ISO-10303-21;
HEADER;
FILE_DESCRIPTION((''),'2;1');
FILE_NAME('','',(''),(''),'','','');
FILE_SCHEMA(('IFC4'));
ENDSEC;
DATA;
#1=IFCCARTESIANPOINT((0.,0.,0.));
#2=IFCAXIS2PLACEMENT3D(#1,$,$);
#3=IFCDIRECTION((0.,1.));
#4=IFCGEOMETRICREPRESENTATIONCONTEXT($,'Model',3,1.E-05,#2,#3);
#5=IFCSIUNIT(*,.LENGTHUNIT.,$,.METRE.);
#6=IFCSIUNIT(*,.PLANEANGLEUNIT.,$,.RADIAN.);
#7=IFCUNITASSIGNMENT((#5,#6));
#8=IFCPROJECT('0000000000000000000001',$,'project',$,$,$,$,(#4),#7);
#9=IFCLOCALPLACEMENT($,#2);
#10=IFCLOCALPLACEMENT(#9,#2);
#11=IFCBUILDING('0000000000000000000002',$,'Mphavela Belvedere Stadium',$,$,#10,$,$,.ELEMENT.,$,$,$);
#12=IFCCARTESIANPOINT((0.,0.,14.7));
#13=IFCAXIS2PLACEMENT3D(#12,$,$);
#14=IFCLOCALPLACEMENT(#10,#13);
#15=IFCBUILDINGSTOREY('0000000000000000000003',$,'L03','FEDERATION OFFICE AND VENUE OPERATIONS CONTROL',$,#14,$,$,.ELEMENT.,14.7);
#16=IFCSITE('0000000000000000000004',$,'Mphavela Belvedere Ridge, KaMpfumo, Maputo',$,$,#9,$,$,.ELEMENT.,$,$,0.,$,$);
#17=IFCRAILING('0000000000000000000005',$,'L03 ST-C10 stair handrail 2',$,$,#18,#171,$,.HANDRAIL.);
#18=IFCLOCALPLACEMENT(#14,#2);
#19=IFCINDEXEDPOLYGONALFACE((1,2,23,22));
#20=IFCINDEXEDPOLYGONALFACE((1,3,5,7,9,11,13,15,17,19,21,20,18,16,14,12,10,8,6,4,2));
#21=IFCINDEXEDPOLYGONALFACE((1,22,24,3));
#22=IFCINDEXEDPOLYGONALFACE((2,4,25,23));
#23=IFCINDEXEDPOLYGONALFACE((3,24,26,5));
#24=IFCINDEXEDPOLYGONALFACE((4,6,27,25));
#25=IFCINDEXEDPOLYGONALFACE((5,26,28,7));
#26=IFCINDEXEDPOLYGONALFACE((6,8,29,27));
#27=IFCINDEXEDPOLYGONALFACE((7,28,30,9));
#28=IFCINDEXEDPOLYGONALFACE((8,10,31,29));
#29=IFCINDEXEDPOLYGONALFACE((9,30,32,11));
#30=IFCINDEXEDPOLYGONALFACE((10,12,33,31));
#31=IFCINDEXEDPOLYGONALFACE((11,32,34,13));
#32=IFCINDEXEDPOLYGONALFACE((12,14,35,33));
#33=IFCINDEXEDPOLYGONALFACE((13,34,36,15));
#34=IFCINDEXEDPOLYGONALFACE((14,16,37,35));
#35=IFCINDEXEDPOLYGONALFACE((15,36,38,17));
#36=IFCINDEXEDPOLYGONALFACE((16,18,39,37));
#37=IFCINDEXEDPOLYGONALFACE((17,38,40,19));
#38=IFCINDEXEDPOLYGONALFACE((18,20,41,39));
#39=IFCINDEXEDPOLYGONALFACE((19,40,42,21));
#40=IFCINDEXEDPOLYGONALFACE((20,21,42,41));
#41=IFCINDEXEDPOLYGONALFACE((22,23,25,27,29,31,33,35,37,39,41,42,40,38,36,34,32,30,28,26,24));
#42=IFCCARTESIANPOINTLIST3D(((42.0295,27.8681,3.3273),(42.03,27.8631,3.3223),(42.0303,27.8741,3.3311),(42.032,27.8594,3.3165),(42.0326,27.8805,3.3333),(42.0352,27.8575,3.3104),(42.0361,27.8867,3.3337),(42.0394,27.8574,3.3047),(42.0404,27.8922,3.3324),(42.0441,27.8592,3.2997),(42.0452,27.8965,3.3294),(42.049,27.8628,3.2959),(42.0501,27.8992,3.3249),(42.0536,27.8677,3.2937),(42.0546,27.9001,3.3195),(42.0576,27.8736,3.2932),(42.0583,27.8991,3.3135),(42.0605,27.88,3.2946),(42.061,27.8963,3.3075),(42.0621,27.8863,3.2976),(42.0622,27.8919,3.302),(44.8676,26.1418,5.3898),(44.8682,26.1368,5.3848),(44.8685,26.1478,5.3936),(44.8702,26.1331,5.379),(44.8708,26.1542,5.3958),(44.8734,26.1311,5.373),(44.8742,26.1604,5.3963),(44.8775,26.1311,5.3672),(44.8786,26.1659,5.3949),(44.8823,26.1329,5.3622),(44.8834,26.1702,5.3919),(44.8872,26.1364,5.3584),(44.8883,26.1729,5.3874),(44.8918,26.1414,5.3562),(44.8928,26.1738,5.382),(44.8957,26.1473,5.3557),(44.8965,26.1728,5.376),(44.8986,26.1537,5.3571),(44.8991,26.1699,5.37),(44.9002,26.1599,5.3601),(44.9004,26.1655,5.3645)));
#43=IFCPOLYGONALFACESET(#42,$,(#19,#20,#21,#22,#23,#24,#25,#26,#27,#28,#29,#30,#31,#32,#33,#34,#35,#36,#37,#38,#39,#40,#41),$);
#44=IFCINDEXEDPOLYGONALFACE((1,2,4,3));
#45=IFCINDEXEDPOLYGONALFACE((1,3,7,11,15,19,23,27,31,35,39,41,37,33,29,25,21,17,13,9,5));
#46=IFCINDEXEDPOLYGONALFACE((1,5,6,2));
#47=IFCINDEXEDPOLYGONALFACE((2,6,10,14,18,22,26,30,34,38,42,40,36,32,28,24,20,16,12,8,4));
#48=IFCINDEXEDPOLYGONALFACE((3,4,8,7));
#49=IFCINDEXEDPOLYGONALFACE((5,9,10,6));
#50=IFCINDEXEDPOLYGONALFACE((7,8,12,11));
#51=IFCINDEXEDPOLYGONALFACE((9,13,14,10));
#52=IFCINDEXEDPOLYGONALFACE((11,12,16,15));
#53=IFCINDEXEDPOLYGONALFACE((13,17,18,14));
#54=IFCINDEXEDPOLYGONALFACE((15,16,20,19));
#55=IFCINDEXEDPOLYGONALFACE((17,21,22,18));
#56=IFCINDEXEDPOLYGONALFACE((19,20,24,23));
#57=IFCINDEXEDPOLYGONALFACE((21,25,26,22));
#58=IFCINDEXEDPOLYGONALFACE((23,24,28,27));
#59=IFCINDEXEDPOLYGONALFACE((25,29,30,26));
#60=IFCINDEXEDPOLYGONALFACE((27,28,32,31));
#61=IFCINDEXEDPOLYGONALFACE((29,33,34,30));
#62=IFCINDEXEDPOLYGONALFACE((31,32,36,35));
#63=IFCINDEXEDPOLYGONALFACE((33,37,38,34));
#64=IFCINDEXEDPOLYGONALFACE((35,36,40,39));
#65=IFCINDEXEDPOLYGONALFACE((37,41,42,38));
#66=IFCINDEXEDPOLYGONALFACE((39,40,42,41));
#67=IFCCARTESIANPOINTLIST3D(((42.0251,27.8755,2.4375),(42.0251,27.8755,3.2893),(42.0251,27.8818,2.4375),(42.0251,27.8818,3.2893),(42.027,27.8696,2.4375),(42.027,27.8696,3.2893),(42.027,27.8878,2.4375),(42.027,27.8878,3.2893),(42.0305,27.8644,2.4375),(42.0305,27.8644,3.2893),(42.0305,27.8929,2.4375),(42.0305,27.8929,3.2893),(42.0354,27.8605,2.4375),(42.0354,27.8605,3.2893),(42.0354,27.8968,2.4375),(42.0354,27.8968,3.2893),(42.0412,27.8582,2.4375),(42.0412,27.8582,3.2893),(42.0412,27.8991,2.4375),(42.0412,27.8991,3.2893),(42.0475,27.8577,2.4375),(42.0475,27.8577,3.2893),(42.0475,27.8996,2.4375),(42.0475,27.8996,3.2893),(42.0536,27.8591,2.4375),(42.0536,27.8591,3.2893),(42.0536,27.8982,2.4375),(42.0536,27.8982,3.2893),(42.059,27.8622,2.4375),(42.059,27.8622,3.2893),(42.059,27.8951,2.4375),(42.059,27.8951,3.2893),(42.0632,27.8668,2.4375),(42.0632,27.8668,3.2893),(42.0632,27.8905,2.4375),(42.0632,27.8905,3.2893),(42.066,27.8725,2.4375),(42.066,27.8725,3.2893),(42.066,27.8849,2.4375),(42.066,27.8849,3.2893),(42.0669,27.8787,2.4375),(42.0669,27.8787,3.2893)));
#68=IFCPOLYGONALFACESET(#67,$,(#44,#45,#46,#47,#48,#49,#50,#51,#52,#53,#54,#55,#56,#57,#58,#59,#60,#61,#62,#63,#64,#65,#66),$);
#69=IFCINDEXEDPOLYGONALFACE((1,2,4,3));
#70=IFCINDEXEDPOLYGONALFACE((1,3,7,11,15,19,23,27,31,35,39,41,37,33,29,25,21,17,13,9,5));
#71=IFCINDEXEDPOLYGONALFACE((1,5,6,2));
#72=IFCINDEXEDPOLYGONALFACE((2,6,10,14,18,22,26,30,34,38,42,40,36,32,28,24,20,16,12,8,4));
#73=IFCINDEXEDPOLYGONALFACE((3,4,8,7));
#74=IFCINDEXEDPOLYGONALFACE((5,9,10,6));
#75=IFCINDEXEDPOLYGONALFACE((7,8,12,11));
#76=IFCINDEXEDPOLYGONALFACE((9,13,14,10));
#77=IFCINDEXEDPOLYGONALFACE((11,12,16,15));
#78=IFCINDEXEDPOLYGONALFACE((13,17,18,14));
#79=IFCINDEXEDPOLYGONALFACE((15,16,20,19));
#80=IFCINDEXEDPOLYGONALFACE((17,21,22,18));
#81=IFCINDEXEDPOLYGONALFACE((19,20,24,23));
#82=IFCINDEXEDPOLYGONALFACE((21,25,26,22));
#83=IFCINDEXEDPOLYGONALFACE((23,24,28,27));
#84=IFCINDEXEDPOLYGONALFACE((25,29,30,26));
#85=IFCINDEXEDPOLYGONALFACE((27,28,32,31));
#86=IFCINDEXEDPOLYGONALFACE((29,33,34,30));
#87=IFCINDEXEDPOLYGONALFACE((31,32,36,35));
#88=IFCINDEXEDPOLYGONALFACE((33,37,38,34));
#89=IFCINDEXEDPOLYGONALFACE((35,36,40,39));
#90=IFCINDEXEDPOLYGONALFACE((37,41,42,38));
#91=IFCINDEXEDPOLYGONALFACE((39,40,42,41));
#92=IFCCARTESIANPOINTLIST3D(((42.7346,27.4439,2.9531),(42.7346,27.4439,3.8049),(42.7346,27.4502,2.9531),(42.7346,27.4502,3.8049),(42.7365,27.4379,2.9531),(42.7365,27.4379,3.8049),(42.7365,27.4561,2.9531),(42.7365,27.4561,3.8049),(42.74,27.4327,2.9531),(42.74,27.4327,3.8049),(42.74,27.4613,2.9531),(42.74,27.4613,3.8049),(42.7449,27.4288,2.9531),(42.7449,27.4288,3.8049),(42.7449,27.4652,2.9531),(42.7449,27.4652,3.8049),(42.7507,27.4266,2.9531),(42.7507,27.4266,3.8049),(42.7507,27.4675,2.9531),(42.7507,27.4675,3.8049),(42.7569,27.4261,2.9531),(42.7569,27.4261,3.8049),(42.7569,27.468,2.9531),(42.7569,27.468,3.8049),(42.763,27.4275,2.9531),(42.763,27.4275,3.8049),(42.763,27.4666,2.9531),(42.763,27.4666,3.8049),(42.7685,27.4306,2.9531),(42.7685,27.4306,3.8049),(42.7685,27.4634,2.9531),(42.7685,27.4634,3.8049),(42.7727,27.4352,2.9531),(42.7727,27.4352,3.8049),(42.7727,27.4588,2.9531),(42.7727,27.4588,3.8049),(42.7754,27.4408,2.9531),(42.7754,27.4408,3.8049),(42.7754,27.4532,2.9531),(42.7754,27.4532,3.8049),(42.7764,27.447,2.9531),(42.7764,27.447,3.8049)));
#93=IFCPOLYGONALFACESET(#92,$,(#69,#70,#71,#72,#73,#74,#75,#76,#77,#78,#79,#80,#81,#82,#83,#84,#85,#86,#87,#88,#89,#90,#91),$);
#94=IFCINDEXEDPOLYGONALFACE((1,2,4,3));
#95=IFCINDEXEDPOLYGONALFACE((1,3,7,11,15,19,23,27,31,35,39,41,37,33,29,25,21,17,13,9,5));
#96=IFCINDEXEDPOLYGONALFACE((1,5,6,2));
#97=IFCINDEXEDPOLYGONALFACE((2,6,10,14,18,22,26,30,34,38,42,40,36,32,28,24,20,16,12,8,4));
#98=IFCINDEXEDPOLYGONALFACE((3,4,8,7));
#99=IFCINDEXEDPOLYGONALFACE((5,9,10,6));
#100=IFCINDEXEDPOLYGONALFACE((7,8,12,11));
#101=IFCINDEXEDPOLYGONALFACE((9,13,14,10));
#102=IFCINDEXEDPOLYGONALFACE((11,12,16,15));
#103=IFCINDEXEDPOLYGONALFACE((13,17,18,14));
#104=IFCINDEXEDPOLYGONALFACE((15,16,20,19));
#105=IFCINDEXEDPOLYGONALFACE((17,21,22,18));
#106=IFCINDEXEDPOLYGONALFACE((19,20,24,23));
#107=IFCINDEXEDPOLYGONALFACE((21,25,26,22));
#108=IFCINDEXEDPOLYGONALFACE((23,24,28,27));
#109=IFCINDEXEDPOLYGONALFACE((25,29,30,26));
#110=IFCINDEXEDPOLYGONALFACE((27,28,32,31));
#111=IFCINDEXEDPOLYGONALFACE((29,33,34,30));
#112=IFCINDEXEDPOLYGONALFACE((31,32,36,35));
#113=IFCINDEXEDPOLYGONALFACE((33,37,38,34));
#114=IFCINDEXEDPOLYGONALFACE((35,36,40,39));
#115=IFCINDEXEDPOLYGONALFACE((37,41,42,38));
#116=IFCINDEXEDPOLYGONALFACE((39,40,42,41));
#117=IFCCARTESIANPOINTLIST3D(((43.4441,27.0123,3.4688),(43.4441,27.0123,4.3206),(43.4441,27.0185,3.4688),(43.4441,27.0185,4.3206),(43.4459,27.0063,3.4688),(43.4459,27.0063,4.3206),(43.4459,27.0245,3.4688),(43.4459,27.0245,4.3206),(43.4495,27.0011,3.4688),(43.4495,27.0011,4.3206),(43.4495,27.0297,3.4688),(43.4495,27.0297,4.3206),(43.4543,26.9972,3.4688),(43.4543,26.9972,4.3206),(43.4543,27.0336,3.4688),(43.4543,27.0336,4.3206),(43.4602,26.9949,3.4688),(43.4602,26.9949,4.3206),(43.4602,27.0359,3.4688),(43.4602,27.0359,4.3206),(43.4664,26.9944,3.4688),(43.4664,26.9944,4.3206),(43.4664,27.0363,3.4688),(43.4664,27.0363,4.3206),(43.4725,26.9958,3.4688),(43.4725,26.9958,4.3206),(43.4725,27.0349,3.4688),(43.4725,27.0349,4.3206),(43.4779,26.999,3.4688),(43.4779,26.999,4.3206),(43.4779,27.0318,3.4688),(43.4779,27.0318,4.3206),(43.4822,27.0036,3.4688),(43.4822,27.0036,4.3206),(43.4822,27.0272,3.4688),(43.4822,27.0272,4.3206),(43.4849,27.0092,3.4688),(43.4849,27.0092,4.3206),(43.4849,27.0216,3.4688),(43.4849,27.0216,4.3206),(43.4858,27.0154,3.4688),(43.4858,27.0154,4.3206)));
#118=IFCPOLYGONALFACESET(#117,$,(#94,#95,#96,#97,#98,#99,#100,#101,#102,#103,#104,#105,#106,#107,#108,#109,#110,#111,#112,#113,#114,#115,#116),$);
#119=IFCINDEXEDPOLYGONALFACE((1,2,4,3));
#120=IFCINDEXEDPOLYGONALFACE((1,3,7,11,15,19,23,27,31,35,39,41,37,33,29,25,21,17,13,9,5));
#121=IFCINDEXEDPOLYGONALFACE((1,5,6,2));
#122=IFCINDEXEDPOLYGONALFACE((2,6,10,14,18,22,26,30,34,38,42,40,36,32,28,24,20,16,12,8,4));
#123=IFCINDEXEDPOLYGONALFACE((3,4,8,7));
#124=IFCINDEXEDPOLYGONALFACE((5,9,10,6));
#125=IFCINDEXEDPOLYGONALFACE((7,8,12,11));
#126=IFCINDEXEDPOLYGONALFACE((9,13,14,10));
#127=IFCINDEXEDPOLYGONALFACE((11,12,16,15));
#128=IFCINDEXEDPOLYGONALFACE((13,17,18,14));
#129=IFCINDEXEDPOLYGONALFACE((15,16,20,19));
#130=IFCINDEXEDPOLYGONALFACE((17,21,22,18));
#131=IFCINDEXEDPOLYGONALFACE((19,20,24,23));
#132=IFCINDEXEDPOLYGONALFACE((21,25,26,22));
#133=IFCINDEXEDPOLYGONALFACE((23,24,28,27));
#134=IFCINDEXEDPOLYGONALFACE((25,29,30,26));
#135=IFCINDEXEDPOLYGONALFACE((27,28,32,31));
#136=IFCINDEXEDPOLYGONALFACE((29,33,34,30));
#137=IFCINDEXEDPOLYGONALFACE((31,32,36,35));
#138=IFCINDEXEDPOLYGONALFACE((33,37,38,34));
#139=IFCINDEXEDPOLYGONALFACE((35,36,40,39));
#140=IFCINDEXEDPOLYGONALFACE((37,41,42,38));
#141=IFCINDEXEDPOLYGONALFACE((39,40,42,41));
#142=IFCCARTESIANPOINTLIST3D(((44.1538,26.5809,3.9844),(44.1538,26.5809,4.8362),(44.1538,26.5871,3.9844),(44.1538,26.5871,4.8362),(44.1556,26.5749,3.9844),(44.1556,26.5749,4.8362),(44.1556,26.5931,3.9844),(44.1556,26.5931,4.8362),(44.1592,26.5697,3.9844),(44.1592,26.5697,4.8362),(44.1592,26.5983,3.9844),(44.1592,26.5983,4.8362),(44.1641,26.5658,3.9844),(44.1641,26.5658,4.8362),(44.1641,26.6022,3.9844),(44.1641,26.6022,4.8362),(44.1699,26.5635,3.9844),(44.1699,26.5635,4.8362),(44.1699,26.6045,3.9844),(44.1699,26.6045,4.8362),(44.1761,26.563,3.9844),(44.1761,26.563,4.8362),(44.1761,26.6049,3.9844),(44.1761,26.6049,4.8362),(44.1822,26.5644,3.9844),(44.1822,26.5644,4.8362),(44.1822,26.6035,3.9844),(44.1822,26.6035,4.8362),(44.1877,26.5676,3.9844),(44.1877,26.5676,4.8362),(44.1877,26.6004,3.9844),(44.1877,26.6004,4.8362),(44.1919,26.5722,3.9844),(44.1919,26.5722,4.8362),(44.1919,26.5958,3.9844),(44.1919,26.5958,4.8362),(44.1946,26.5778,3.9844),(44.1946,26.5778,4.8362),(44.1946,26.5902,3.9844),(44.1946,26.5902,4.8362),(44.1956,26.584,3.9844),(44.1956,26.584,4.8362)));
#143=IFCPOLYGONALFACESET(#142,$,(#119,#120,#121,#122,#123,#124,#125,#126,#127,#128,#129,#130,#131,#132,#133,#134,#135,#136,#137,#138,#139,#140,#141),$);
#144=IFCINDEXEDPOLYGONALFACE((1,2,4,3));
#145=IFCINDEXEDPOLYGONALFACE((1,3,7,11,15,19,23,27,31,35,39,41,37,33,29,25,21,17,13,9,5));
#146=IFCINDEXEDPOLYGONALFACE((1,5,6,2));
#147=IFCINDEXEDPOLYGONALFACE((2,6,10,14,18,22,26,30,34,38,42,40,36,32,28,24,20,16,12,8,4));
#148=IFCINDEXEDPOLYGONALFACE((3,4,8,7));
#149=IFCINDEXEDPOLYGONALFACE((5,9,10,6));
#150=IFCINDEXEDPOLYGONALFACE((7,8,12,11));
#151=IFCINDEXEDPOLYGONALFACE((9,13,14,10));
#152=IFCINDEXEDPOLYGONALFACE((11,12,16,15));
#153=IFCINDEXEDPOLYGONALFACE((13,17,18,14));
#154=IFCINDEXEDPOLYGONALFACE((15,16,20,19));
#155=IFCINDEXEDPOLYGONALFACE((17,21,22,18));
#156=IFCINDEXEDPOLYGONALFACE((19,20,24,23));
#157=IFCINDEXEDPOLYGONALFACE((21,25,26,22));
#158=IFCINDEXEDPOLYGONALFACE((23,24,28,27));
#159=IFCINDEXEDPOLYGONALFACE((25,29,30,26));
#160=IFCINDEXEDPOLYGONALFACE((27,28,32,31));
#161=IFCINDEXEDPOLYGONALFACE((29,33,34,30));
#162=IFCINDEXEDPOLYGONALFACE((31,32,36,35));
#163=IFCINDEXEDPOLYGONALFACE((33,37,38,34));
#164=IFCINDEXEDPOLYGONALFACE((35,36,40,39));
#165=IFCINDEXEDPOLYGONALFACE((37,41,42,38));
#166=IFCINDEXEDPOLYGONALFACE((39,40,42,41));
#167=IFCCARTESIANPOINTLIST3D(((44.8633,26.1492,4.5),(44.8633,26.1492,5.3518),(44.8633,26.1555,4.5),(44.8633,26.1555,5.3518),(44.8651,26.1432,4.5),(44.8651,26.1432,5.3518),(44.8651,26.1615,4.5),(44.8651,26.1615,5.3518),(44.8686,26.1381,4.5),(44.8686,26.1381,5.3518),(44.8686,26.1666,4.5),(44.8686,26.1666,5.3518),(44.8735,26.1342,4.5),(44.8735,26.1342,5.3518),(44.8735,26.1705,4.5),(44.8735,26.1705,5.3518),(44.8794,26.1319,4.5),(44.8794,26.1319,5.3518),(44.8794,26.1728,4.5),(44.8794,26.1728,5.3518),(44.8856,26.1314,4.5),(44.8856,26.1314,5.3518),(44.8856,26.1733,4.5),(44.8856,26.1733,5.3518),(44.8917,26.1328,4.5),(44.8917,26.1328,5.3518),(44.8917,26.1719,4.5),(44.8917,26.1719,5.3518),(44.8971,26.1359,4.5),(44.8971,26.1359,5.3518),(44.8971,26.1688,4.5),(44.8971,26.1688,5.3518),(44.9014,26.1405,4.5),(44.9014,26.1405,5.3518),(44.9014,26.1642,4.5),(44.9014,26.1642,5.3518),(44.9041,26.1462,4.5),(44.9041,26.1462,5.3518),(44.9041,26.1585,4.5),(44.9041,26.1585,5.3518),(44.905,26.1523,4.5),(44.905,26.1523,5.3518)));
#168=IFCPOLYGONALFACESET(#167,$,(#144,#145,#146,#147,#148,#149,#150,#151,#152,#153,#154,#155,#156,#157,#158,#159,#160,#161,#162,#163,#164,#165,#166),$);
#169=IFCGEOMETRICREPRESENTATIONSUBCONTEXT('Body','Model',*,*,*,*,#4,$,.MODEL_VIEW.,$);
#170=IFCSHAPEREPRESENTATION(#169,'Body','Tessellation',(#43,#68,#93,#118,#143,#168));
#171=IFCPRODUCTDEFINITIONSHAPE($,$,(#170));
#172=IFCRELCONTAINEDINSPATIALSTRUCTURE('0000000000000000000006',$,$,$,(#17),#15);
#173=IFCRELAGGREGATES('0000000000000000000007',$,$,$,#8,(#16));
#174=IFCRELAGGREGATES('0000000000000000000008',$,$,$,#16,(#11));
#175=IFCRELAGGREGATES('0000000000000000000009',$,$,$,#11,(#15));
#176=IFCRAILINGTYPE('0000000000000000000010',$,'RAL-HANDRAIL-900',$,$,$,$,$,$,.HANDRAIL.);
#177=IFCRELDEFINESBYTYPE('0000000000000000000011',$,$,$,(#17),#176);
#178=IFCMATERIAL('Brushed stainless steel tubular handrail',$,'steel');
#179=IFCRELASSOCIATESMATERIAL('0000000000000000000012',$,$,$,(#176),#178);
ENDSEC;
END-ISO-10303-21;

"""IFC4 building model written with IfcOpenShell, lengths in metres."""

from ifc_helpers import new_model, si_unit, direction, frame, origin, origin_2d, place, context, subcontext, project, spatial, circle, extrude, material, type_object, element, save


model = new_model("IFC4")

# Units and contexts
model_context = context("Model", 3, precision=1e-05, world=origin(), true_north=direction((0.0, 1.0)))
body_context = subcontext(model_context, "Body", "Model", "MODEL_VIEW")
ifc_project = project(units=[si_unit("LENGTHUNIT", "METRE"), si_unit("PLANEANGLEUNIT", "RADIAN")], contexts=[model_context])

# Site, building, storey
site_placement = place(None, origin())
site = spatial("IfcSite", under=ifc_project, at=site_placement, Name="Mphavela Belvedere Ridge, KaMpfumo, Maputo", CompositionType="ELEMENT", RefElevation=0.0)
building_placement = place(site_placement, origin())
building = spatial("IfcBuilding", under=site, at=building_placement, Name="Mphavela Belvedere Stadium", CompositionType="ELEMENT")
storey_placement = place(building_placement, frame((0.0, 0.0, 14.7)))
storey = spatial("IfcBuildingStorey", under=building, at=storey_placement, Name="L03", Description="FEDERATION OFFICE AND VENUE OPERATIONS CONTROL", CompositionType="ELEMENT", Elevation=14.7)

# Railing
ifc_material_1 = material(Name="Brushed stainless steel tubular handrail", Category="steel")
railing_type_1 = type_object("IfcRailingType", Name="RAL-HANDRAIL-900", PredefinedType="HANDRAIL", material=ifc_material_1)
railing_1_placement = place(storey_placement, frame((42.0459, 27.8787, 2.4375)))
element("IfcRailing", 1, at=railing_1_placement, inside=storey, type_object=railing_type_1, Name="L03 ST-C10 stair handrail 2", PredefinedType="HANDRAIL", context=body_context, shape_type="SweptSolid", body=[
    extrude(circle(Radius=0.0239, at=origin_2d()), frame((0.0, 0.0, 0.876), z_axis=(0.725842, -0.441499, 0.527477), x_axis=(0.519674, 0.854365, 0.0)), (0.0, 0.0, 1.0), 3.9102),
    extrude(circle(Radius=0.021, at=origin_2d()), origin(), (0.0, 0.0, 1.0), 0.8518),
    extrude(circle(Radius=0.021, at=origin_2d()), frame((0.7095, -0.4316, 0.5156)), (0.0, 0.0, 1.0), 0.8518),
    extrude(circle(Radius=0.021, at=origin_2d()), frame((1.4189, -0.8633, 1.0312)), (0.0, 0.0, 1.0), 0.8518),
    extrude(circle(Radius=0.021, at=origin_2d()), frame((2.1287, -1.2947, 1.5469)), (0.0, 0.0, 1.0), 0.8518),
    extrude(circle(Radius=0.021, at=origin_2d()), frame((2.8381, -1.7263, 2.0625)), (0.0, 0.0, 1.0), 0.8518),
])

save(model, "model.ifc")
